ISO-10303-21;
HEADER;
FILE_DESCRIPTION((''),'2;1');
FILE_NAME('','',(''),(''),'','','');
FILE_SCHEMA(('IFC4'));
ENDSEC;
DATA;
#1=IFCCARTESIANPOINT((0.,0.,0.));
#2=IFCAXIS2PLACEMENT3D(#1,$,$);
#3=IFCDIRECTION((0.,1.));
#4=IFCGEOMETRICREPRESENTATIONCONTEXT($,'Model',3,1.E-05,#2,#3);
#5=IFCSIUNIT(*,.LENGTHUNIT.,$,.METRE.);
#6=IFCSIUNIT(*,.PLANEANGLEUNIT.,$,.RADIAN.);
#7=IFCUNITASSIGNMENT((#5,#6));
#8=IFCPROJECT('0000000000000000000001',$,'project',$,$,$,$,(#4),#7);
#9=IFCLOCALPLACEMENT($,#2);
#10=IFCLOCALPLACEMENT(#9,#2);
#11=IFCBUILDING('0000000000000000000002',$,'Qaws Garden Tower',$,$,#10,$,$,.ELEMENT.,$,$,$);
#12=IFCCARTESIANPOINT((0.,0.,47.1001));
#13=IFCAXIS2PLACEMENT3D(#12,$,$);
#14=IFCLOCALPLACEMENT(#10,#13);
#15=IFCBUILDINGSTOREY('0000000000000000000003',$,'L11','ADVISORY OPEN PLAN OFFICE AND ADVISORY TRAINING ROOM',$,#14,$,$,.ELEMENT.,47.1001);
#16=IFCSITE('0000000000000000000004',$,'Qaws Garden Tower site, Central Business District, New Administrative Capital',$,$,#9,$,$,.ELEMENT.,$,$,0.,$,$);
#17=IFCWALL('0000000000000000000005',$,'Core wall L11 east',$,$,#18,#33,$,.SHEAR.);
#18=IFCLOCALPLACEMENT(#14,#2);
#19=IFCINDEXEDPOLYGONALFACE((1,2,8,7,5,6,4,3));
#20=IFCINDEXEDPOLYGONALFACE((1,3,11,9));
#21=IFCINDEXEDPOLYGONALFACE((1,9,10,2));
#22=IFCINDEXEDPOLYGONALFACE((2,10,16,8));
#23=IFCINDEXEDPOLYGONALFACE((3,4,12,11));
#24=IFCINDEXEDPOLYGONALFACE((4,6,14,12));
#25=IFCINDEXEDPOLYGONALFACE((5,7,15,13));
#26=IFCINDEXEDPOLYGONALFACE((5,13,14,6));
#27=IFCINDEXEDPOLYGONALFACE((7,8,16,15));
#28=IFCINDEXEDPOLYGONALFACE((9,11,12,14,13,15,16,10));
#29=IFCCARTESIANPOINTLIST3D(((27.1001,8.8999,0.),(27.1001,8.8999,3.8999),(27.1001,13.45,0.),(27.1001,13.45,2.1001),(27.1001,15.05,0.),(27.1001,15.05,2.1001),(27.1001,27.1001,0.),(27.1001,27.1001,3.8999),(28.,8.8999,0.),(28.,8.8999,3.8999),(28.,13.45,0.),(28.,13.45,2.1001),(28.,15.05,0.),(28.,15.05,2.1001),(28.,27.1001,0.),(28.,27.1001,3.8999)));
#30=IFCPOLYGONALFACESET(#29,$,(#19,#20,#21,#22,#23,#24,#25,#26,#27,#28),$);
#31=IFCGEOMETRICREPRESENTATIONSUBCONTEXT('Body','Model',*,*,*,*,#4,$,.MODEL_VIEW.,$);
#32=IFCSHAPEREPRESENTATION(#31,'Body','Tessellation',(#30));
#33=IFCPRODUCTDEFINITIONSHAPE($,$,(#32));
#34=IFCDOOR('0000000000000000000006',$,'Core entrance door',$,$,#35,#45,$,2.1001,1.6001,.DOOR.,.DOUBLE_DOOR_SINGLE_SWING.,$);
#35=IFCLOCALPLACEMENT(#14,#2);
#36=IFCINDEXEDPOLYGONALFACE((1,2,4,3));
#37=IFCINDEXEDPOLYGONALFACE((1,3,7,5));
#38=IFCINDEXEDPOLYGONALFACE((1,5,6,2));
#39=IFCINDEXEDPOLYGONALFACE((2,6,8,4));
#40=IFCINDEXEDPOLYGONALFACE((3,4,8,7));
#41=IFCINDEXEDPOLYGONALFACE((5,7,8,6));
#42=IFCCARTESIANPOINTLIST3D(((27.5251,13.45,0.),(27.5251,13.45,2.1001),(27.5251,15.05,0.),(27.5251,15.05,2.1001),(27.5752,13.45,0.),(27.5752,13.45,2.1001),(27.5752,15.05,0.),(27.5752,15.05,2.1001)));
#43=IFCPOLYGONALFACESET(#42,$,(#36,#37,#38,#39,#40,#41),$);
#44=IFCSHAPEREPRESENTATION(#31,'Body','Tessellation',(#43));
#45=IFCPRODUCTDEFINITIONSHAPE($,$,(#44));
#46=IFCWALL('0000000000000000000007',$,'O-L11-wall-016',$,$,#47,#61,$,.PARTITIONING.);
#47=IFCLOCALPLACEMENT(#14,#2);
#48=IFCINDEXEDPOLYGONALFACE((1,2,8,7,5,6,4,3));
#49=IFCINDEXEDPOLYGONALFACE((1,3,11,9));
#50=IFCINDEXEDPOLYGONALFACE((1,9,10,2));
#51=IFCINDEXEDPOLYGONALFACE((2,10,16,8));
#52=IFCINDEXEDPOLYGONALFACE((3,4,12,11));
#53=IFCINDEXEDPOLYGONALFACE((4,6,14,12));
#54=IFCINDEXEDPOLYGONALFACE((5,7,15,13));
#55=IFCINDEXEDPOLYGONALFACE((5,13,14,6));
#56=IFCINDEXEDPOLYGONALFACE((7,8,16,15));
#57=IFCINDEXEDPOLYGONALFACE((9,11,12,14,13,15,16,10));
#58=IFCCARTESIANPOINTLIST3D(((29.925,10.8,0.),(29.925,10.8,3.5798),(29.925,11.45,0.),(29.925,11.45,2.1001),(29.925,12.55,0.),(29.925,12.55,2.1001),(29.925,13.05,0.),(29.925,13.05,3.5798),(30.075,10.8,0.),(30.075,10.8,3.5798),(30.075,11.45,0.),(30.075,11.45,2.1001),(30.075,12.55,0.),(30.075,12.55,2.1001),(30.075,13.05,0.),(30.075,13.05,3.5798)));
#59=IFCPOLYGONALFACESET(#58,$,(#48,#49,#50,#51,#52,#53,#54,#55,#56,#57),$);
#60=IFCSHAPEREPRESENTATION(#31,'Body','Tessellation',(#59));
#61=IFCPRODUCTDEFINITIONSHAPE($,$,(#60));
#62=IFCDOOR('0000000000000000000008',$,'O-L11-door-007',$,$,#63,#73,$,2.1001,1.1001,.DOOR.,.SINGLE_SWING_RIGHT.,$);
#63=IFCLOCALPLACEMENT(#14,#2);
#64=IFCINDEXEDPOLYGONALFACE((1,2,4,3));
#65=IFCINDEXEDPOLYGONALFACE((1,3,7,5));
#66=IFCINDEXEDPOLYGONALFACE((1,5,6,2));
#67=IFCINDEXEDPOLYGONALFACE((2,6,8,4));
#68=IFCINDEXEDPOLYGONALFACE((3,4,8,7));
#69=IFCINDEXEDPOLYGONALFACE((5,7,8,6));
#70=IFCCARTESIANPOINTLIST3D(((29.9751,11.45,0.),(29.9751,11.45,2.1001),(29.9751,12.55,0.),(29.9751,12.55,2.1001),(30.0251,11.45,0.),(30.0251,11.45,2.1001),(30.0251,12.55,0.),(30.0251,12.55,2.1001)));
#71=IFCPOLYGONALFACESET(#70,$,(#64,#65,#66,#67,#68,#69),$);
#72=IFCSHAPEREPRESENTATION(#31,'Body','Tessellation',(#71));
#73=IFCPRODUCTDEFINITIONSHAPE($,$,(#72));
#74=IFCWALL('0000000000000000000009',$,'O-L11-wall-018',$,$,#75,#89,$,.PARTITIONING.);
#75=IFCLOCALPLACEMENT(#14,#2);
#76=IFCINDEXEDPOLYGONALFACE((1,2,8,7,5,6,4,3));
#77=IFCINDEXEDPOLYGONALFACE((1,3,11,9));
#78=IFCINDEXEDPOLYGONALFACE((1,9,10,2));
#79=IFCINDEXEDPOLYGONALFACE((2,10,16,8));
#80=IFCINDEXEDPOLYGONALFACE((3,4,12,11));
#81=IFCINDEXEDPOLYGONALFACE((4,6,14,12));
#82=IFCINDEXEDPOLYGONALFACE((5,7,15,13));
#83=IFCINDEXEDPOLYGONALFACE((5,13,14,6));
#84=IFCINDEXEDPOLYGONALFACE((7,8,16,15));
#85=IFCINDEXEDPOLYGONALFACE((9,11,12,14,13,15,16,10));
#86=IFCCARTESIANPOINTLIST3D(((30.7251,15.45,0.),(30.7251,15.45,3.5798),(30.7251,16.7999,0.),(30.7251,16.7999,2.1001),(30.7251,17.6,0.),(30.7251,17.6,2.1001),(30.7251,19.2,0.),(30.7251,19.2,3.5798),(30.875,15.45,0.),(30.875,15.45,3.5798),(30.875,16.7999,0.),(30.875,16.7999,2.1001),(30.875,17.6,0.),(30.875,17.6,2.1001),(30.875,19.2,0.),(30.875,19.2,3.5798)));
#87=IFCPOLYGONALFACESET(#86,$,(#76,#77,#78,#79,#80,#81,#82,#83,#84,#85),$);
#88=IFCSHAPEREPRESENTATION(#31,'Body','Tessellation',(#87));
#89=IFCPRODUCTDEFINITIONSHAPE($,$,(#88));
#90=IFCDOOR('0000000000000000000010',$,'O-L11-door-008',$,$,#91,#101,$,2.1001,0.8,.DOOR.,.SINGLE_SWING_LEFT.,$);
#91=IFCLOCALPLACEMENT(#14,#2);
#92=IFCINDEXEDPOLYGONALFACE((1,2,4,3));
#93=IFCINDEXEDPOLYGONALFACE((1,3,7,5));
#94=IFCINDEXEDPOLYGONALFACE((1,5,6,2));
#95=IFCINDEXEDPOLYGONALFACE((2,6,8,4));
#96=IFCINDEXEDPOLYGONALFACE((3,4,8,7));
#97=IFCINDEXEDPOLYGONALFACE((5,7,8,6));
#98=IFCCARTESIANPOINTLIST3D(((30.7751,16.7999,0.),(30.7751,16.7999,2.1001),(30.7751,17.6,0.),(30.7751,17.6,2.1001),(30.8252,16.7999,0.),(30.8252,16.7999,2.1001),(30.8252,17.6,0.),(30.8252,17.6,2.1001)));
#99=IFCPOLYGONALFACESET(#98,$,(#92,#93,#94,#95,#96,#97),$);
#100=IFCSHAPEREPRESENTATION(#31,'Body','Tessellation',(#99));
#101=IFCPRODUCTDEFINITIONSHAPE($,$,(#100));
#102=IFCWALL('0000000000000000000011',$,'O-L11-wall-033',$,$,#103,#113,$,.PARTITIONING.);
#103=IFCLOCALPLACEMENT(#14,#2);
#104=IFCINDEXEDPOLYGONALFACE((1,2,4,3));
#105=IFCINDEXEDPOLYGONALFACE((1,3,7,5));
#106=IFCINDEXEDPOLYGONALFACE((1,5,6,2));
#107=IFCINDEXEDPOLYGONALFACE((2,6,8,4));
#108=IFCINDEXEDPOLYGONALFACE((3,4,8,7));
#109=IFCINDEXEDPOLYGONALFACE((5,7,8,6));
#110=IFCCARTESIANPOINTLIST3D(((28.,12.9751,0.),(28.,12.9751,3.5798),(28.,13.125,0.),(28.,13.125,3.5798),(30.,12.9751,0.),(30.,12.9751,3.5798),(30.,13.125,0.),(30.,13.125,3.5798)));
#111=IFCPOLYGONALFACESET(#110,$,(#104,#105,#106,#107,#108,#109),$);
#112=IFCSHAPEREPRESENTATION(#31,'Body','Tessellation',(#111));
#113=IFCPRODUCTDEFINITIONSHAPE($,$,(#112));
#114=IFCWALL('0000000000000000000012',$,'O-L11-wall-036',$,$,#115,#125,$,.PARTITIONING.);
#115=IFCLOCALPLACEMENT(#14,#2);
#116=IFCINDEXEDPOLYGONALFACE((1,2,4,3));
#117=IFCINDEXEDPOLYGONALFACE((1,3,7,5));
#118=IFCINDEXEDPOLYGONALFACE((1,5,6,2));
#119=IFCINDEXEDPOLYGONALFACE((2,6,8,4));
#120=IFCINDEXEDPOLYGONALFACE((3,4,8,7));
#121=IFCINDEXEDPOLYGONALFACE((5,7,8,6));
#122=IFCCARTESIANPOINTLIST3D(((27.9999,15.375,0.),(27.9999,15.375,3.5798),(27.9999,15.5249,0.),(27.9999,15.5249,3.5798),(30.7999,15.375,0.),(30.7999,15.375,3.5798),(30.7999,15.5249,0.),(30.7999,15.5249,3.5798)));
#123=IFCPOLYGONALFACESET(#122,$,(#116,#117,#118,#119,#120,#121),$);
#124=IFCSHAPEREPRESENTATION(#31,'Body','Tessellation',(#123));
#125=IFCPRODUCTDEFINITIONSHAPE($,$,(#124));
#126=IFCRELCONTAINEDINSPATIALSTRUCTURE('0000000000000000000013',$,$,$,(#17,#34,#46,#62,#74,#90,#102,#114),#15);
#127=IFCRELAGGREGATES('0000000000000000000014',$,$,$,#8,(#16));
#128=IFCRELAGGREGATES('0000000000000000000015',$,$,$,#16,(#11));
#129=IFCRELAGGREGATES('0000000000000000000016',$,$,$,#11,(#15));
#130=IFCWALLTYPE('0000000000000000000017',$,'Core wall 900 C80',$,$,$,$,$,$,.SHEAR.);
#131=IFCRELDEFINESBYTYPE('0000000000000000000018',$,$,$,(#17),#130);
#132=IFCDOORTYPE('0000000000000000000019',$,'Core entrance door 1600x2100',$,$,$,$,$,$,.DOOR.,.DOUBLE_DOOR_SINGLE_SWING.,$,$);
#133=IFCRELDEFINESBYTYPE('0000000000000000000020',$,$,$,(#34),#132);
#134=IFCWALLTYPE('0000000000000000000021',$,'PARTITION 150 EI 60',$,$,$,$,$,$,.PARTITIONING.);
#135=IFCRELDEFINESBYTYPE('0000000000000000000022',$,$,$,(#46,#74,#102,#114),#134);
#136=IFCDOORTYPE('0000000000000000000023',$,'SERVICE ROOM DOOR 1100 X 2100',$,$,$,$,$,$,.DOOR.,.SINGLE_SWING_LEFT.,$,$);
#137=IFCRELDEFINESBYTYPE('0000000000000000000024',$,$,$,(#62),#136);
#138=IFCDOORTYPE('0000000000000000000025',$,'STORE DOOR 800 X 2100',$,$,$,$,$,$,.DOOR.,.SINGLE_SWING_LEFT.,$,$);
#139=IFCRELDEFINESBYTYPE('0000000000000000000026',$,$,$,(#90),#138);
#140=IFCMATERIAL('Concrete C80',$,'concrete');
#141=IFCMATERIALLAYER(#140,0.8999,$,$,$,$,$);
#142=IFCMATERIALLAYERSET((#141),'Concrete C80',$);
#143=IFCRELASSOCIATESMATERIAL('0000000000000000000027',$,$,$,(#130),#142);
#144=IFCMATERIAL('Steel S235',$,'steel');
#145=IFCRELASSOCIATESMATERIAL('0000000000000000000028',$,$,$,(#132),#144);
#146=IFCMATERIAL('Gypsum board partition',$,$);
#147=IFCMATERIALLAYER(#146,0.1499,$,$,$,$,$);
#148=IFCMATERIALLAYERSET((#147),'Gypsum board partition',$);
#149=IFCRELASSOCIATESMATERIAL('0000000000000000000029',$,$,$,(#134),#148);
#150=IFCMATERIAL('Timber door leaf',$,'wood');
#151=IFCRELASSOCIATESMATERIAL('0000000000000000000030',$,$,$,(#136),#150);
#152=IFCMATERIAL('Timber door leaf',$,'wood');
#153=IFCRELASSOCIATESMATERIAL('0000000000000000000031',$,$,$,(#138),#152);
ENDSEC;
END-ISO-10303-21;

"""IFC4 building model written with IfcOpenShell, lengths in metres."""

from ifc_helpers import new_model, si_unit, direction, frame, frame_2d, origin, place, context, subcontext, project, spatial, rectangle, extrude, material, layer, layer_set, type_object, element, fill, save


model = new_model("IFC4")

# Units and contexts
model_context = context("Model", 3, precision=1e-05, world=origin(), true_north=direction((0.0, 1.0)))
body_context = subcontext(model_context, "Body", "Model", "MODEL_VIEW")
ifc_project = project(units=[si_unit("LENGTHUNIT", "METRE"), si_unit("PLANEANGLEUNIT", "RADIAN")], contexts=[model_context])

# Site, building, storey
site_placement = place(None, origin())
site = spatial("IfcSite", under=ifc_project, at=site_placement, Name="Qaws Garden Tower site, Central Business District, New Administrative Capital", CompositionType="ELEMENT", RefElevation=0.0)
building_placement = place(site_placement, origin())
building = spatial("IfcBuilding", under=site, at=building_placement, Name="Qaws Garden Tower", CompositionType="ELEMENT")
storey_placement = place(building_placement, frame((0.0, 0.0, 47.1001)))
storey = spatial("IfcBuildingStorey", under=building, at=storey_placement, Name="L11", Description="ADVISORY OPEN PLAN OFFICE AND ADVISORY TRAINING ROOM", CompositionType="ELEMENT", Elevation=47.1001)

# Walls, openings, doors
ifc_material_1 = material(Name="Concrete C80", Category="concrete")
ifc_layer_1 = layer(ifc_material_1, 0.8999)
ifc_layer_set_1 = layer_set([ifc_layer_1], Name="Concrete C80")
wall_type_1 = type_object("IfcWallType", Name="Core wall 900 C80", PredefinedType="SHEAR", material=ifc_layer_set_1)
wall_1_placement = place(storey_placement, frame((27.55, 8.8999, 0.0), z_axis=(0.0, 0.0, 1.0), x_axis=(0.0, 1.0, 0.0)))
wall_1 = element("IfcWall", 1, at=wall_1_placement, inside=storey, type_object=wall_type_1, Name="Core wall L11 east", PredefinedType="SHEAR", context=body_context, shape_type="SweptSolid", body=[
    extrude(rectangle(XDim=18.2002, YDim=0.8999, at=frame_2d((9.1001, 0.0))), origin(), (0.0, 0.0, 1.0), 3.8999),
])
opening_1_placement = place(wall_1_placement, frame((4.55, 0.0, 0.0)))
opening_1 = element("IfcOpeningElement", 2, at=opening_1_placement, cuts=wall_1, PredefinedType="OPENING", context=body_context, shape_type="SweptSolid", body=[
    extrude(rectangle(XDim=1.6001, YDim=2.1001, at=frame_2d((0.8, 1.05))), frame((0.0, 0.46, 0.0), z_axis=(0.0, -1.0, 0.0), x_axis=(1.0, 0.0, 0.0)), (0.0, 0.0, 1.0), 0.9199),
])
ifc_material_2 = material(Name="Steel S235", Category="steel")
door_type_1 = type_object("IfcDoorType", Name="Core entrance door 1600x2100", OperationType="DOUBLE_DOOR_SINGLE_SWING", PredefinedType="DOOR", material=ifc_material_2)
door_1_placement = place(opening_1_placement, origin())
door_1 = element("IfcDoor", 3, at=door_1_placement, inside=storey, type_object=door_type_1, Name="Core entrance door", OperationType="DOUBLE_DOOR_SINGLE_SWING", OverallHeight=2.1001, OverallWidth=1.6001, PredefinedType="DOOR", context=body_context, shape_type="SweptSolid", body=[
    extrude(rectangle(XDim=1.6001, YDim=2.1001, at=frame_2d((0.8, 1.05))), frame((0.0, 0.0249, 0.0), z_axis=(0.0, -1.0, 0.0), x_axis=(1.0, 0.0, 0.0)), (0.0, 0.0, 1.0), 0.05),
])
fill(opening_1, door_1)
ifc_material_3 = material(Name="Gypsum board partition")
ifc_layer_2 = layer(ifc_material_3, 0.1499)
ifc_layer_set_2 = layer_set([ifc_layer_2], Name="Gypsum board partition")
wall_type_2 = type_object("IfcWallType", Name="PARTITION 150 EI 60", PredefinedType="PARTITIONING", material=ifc_layer_set_2)
wall_2_placement = place(storey_placement, frame((30.0, 10.8, 0.0), z_axis=(0.0, 0.0, 1.0), x_axis=(0.0, 1.0, 0.0)))
wall_2 = element("IfcWall", 4, at=wall_2_placement, inside=storey, type_object=wall_type_2, Name="O-L11-wall-016", PredefinedType="PARTITIONING", context=body_context, shape_type="SweptSolid", body=[
    extrude(rectangle(XDim=2.25, YDim=0.1499, at=frame_2d((1.125, 0.0))), origin(), (0.0, 0.0, 1.0), 3.5798),
])
opening_2_placement = place(wall_2_placement, frame((0.6499, 0.0, 0.0)))
opening_2 = element("IfcOpeningElement", 5, at=opening_2_placement, cuts=wall_2, PredefinedType="OPENING", context=body_context, shape_type="SweptSolid", body=[
    extrude(rectangle(XDim=1.1001, YDim=2.1001, at=frame_2d((0.55, 1.05))), frame((0.0, 0.085, 0.0), z_axis=(0.0, -1.0, 0.0), x_axis=(1.0, 0.0, 0.0)), (0.0, 0.0, 1.0), 0.1699),
])
ifc_material_4 = material(Name="Timber door leaf", Category="wood")
door_type_2 = type_object("IfcDoorType", Name="SERVICE ROOM DOOR 1100 X 2100", OperationType="SINGLE_SWING_LEFT", PredefinedType="DOOR", material=ifc_material_4)
door_2_placement = place(opening_2_placement, origin())
door_2 = element("IfcDoor", 6, at=door_2_placement, inside=storey, type_object=door_type_2, Name="O-L11-door-007", OperationType="SINGLE_SWING_RIGHT", OverallHeight=2.1001, OverallWidth=1.1001, PredefinedType="DOOR", context=body_context, shape_type="SweptSolid", body=[
    extrude(rectangle(XDim=1.1001, YDim=2.1001, at=frame_2d((0.55, 1.05))), frame((0.0, 0.0249, 0.0), z_axis=(0.0, -1.0, 0.0), x_axis=(1.0, 0.0, 0.0)), (0.0, 0.0, 1.0), 0.05),
])
fill(opening_2, door_2)
wall_3_placement = place(storey_placement, frame((30.8, 15.45, 0.0), z_axis=(0.0, 0.0, 1.0), x_axis=(0.0, 1.0, 0.0)))
wall_3 = element("IfcWall", 7, at=wall_3_placement, inside=storey, type_object=wall_type_2, Name="O-L11-wall-018", PredefinedType="PARTITIONING", context=body_context, shape_type="SweptSolid", body=[
    extrude(rectangle(XDim=3.75, YDim=0.1499, at=frame_2d((1.875, 0.0))), origin(), (0.0, 0.0, 1.0), 3.5798),
])
opening_3_placement = place(wall_3_placement, frame((1.3501, 0.0, 0.0)))
opening_3 = element("IfcOpeningElement", 8, at=opening_3_placement, cuts=wall_3, PredefinedType="OPENING", context=body_context, shape_type="SweptSolid", body=[
    extrude(rectangle(XDim=0.8, YDim=2.1001, at=frame_2d((0.3999, 1.05))), frame((0.0, 0.085, 0.0), z_axis=(0.0, -1.0, 0.0), x_axis=(1.0, 0.0, 0.0)), (0.0, 0.0, 1.0), 0.1699),
])
ifc_material_5 = material(Name="Timber door leaf", Category="wood")
door_type_3 = type_object("IfcDoorType", Name="STORE DOOR 800 X 2100", OperationType="SINGLE_SWING_LEFT", PredefinedType="DOOR", material=ifc_material_5)
door_3_placement = place(opening_3_placement, origin())
door_3 = element("IfcDoor", 9, at=door_3_placement, inside=storey, type_object=door_type_3, Name="O-L11-door-008", OperationType="SINGLE_SWING_LEFT", OverallHeight=2.1001, OverallWidth=0.8, PredefinedType="DOOR", context=body_context, shape_type="SweptSolid", body=[
    extrude(rectangle(XDim=0.8, YDim=2.1001, at=frame_2d((0.3999, 1.05))), frame((0.0, 0.0249, 0.0), z_axis=(0.0, -1.0, 0.0), x_axis=(1.0, 0.0, 0.0)), (0.0, 0.0, 1.0), 0.05),
])
fill(opening_3, door_3)

# Walls
wall_4_placement = place(storey_placement, frame((28.0, 13.05, 0.0), z_axis=(0.0, 0.0, 1.0), x_axis=(1.0, 0.0, 0.0)))
element("IfcWall", 10, at=wall_4_placement, inside=storey, type_object=wall_type_2, Name="O-L11-wall-033", PredefinedType="PARTITIONING", context=body_context, shape_type="SweptSolid", body=[
    extrude(rectangle(XDim=2.0, YDim=0.1499, at=frame_2d((1.0, 0.0))), origin(), (0.0, 0.0, 1.0), 3.5798),
])
wall_5_placement = place(storey_placement, frame((28.0, 15.45, 0.0), z_axis=(0.0, 0.0, 1.0), x_axis=(1.0, 0.0, 0.0)))
element("IfcWall", 11, at=wall_5_placement, inside=storey, type_object=wall_type_2, Name="O-L11-wall-036", PredefinedType="PARTITIONING", context=body_context, shape_type="SweptSolid", body=[
    extrude(rectangle(XDim=2.8, YDim=0.1499, at=frame_2d((1.3999, 0.0))), origin(), (0.0, 0.0, 1.0), 3.5798),
])

save(model, "model.ifc")
